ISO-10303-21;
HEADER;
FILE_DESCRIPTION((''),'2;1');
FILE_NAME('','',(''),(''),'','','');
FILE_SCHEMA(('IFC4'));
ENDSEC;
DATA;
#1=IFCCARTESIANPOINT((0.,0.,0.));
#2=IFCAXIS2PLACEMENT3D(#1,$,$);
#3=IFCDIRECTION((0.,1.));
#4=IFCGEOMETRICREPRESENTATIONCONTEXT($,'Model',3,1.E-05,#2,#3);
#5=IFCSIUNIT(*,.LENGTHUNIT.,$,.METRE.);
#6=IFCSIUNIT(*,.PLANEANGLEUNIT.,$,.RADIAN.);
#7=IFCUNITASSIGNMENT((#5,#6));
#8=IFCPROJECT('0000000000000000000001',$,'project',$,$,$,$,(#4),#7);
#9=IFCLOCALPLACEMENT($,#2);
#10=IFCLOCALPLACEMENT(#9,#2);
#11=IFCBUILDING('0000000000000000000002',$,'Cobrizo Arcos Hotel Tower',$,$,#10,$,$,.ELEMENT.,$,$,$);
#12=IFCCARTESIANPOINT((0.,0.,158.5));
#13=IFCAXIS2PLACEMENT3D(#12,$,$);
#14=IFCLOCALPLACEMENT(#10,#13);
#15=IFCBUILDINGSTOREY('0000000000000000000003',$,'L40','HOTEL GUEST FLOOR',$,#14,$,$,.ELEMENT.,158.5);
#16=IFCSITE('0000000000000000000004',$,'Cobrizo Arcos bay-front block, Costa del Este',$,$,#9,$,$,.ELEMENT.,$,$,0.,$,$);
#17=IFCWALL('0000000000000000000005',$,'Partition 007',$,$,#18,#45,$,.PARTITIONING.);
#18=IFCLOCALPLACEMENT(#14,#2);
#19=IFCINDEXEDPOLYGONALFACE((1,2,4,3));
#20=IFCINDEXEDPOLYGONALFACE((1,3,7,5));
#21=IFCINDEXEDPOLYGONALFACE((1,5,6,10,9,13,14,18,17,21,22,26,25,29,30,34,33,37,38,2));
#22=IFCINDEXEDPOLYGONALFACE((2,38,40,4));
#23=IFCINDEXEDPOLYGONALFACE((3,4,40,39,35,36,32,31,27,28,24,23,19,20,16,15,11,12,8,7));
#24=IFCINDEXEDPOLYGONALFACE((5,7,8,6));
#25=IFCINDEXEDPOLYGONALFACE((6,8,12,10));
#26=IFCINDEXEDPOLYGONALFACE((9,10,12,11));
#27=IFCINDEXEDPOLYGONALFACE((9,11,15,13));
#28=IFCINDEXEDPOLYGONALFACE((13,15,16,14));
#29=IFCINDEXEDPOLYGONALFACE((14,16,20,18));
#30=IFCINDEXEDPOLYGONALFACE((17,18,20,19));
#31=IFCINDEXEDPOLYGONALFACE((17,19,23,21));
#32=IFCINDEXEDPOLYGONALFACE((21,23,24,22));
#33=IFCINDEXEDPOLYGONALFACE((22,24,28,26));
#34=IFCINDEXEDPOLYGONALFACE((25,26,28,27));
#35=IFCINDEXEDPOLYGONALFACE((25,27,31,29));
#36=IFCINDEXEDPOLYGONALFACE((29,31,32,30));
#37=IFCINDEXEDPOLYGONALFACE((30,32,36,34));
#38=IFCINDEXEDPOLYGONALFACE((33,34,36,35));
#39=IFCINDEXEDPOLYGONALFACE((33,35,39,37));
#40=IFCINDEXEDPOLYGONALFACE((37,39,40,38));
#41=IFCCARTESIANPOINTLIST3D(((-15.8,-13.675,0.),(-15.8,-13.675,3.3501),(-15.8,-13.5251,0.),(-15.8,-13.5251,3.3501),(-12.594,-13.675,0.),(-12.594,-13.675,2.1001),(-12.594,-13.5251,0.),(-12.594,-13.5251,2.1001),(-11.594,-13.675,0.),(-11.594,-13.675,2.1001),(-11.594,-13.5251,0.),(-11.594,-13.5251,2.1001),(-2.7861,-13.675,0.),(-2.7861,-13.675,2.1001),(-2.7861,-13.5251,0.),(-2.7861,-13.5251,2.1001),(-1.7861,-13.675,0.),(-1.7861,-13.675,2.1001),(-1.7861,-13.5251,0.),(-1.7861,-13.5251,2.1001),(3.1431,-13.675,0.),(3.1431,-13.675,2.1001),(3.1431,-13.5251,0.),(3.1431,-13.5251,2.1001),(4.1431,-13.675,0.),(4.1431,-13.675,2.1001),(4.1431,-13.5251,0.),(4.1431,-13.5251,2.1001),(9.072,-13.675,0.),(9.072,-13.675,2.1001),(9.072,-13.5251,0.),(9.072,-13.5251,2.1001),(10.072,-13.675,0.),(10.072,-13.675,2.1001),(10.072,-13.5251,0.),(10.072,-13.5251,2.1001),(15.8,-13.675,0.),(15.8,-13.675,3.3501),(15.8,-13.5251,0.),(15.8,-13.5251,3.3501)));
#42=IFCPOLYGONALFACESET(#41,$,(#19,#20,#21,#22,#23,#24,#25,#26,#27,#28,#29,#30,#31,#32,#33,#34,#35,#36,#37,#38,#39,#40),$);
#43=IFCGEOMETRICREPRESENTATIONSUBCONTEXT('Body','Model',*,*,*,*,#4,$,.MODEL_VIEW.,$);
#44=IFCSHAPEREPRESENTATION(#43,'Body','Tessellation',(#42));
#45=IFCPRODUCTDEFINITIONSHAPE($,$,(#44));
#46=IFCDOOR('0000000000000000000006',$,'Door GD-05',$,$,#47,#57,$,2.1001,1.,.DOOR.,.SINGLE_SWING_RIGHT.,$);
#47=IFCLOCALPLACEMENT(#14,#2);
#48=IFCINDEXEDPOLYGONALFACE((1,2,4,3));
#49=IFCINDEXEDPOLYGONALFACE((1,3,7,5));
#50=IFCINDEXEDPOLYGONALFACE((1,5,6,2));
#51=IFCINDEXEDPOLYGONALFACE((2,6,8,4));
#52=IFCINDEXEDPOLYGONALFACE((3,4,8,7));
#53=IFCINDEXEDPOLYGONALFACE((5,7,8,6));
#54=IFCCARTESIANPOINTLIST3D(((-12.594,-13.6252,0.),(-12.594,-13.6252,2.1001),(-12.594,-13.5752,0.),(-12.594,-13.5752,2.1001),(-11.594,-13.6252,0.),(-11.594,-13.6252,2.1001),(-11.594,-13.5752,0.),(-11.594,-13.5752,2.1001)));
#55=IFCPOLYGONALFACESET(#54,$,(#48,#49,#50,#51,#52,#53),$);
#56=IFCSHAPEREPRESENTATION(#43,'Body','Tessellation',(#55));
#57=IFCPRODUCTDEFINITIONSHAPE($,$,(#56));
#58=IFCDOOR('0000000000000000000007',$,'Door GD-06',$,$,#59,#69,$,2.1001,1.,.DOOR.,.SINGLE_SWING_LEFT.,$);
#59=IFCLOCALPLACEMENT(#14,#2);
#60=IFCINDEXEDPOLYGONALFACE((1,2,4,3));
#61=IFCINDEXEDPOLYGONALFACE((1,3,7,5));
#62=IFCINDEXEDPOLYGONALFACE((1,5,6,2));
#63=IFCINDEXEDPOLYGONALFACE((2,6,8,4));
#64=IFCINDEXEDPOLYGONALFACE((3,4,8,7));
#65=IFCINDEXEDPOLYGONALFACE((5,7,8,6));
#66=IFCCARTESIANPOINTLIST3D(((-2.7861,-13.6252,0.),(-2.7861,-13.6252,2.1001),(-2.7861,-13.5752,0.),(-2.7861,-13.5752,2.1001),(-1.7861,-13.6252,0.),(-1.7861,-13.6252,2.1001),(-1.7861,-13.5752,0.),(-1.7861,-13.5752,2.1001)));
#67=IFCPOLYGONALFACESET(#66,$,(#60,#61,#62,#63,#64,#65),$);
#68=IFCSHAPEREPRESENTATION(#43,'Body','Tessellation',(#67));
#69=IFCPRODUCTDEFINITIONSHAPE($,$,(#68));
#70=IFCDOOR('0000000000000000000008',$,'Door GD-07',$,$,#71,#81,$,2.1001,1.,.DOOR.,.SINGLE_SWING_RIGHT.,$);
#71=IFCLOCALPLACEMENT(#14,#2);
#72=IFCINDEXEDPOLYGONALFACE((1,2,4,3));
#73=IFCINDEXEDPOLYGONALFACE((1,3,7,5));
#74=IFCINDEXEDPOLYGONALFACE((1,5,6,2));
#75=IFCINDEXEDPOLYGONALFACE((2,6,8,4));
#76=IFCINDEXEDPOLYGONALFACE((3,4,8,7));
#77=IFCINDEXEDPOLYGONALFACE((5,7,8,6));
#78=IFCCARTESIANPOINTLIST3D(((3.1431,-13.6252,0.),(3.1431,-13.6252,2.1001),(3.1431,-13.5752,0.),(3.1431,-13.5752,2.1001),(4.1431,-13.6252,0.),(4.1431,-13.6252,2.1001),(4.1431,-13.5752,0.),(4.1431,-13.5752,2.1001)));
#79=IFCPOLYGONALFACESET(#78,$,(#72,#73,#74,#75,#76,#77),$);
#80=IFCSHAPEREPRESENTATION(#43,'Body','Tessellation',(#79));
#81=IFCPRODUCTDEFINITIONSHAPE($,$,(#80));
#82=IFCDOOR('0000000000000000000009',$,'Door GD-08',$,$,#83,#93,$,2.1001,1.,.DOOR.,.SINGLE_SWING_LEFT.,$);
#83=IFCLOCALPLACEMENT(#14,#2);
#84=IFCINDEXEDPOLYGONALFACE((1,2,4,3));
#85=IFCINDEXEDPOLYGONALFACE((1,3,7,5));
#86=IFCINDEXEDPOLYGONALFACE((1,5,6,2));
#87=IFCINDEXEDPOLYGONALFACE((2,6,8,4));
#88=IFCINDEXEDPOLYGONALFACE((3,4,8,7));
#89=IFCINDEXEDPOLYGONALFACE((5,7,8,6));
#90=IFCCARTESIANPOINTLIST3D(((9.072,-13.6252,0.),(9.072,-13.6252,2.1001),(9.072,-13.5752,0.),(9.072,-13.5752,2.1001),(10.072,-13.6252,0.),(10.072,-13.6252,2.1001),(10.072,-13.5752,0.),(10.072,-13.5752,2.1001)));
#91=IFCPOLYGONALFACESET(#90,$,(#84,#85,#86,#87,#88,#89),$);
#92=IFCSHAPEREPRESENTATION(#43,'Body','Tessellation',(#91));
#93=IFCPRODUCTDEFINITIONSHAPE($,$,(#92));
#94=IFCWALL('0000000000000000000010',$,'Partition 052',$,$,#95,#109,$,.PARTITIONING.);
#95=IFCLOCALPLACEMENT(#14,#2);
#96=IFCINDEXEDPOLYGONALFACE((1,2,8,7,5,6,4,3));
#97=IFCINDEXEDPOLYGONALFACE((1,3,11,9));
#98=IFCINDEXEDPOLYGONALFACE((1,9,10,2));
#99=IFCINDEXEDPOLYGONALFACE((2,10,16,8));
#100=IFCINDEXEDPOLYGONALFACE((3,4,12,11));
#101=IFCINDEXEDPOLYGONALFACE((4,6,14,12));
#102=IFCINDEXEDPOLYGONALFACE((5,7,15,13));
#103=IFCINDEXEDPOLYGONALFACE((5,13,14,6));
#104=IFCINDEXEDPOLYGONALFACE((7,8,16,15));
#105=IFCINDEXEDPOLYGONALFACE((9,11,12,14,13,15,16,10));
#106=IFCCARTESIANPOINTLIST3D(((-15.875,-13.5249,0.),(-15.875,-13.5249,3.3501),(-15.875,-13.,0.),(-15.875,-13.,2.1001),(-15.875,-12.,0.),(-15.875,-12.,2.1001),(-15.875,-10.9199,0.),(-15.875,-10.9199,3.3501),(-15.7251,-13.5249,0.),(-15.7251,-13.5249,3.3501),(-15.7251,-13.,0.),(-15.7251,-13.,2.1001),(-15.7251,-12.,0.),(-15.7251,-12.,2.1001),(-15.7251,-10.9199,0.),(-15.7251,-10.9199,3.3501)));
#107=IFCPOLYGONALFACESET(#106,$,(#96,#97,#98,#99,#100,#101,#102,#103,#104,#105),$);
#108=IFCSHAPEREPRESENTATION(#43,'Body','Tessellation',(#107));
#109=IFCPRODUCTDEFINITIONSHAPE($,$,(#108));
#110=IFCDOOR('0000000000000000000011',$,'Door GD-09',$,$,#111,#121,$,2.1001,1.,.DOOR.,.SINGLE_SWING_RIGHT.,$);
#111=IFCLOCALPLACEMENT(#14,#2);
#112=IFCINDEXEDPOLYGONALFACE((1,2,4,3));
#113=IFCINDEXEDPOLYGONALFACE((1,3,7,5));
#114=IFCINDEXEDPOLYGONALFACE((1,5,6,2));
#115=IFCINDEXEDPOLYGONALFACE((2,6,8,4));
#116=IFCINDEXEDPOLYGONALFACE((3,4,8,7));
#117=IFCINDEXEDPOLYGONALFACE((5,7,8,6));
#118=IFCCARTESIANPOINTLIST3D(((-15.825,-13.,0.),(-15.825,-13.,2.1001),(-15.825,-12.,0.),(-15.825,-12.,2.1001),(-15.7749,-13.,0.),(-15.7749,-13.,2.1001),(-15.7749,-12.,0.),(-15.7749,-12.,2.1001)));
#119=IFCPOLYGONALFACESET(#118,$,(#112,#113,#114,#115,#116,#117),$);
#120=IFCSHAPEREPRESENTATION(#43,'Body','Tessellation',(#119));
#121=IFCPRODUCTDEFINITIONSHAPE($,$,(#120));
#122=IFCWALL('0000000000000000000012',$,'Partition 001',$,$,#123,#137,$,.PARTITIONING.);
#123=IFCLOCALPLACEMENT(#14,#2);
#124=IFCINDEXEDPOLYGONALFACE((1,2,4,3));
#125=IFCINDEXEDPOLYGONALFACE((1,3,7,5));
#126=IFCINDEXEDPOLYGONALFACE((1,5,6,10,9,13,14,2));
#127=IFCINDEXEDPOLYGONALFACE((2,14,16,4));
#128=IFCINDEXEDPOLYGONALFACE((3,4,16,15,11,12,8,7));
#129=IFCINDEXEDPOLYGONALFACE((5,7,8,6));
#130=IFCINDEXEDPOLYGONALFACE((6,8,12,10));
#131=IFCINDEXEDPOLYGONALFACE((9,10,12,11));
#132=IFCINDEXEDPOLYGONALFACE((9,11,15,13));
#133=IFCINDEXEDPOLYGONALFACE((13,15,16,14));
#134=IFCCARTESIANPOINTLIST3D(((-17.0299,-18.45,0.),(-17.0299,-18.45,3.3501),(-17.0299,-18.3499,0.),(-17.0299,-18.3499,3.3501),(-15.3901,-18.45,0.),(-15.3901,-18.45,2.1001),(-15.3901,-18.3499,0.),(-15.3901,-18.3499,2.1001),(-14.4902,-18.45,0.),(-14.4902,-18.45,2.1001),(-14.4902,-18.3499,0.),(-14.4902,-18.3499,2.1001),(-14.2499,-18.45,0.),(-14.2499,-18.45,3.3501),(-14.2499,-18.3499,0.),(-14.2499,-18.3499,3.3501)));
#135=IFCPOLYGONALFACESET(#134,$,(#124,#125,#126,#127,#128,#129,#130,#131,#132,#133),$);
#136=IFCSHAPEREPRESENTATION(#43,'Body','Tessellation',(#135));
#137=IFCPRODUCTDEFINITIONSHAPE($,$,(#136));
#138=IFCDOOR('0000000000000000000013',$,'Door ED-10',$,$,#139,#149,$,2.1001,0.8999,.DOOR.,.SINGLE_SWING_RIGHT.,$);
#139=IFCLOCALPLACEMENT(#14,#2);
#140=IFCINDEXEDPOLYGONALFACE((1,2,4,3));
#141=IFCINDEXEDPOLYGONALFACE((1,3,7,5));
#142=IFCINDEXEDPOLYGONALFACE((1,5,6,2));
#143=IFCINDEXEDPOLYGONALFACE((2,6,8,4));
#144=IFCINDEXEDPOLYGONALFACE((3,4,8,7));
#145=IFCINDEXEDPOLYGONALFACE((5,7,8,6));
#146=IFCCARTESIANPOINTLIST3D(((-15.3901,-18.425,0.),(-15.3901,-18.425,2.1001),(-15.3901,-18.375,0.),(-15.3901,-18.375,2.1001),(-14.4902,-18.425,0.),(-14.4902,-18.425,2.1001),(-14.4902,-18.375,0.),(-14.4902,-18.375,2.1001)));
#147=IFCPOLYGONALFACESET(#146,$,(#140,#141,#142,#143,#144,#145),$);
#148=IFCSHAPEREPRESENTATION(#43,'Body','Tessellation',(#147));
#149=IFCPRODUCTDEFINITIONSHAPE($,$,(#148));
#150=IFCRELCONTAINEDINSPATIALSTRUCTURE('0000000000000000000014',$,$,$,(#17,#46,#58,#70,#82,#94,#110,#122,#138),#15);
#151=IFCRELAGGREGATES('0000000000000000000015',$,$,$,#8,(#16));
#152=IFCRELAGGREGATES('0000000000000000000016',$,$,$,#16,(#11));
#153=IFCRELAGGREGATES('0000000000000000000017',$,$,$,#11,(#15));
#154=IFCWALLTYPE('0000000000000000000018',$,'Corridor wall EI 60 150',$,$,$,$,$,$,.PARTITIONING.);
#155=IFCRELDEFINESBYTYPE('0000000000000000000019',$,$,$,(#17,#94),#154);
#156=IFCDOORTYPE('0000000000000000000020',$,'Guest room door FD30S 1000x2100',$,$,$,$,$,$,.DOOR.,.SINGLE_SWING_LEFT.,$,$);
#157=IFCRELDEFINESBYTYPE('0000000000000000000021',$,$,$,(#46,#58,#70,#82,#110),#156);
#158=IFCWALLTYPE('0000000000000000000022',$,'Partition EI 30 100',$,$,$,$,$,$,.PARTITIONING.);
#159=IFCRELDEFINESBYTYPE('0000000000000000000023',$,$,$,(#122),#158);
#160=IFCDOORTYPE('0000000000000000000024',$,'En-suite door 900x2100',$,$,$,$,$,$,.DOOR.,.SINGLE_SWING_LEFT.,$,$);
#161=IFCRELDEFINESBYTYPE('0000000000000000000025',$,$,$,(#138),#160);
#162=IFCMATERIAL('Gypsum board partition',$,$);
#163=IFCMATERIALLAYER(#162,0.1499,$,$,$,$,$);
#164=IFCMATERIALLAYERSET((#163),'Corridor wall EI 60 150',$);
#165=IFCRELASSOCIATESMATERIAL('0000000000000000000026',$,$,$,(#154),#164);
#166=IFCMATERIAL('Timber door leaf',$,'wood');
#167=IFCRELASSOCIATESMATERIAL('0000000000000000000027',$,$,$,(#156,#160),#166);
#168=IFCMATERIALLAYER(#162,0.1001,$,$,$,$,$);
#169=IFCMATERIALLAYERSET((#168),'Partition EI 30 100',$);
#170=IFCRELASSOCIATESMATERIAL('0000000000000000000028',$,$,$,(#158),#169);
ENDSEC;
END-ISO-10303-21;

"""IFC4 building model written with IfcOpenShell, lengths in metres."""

from ifc_helpers import new_model, si_unit, direction, frame, frame_2d, origin, place, context, subcontext, project, spatial, rectangle, extrude, material, layer, layer_set, type_object, element, fill, save


model = new_model("IFC4")

# Units and contexts
model_context = context("Model", 3, precision=1e-05, world=origin(), true_north=direction((0.0, 1.0)))
body_context = subcontext(model_context, "Body", "Model", "MODEL_VIEW")
ifc_project = project(units=[si_unit("LENGTHUNIT", "METRE"), si_unit("PLANEANGLEUNIT", "RADIAN")], contexts=[model_context])

# Site, building, storey
site_placement = place(None, origin())
site = spatial("IfcSite", under=ifc_project, at=site_placement, Name="Cobrizo Arcos bay-front block, Costa del Este", CompositionType="ELEMENT", RefElevation=0.0)
building_placement = place(site_placement, origin())
building = spatial("IfcBuilding", under=site, at=building_placement, Name="Cobrizo Arcos Hotel Tower", CompositionType="ELEMENT")
storey_placement = place(building_placement, frame((0.0, 0.0, 158.5)))
storey = spatial("IfcBuildingStorey", under=building, at=storey_placement, Name="L40", Description="HOTEL GUEST FLOOR", CompositionType="ELEMENT", Elevation=158.5)

# Wall, openings, doors
ifc_material_1 = material(Name="Gypsum board partition")
ifc_layer_1 = layer(ifc_material_1, 0.1499)
ifc_layer_set_1 = layer_set([ifc_layer_1], Name="Corridor wall EI 60 150")
wall_type_1 = type_object("IfcWallType", Name="Corridor wall EI 60 150", PredefinedType="PARTITIONING", material=ifc_layer_set_1)
wall_1_placement = place(storey_placement, frame((-15.8, -13.6001, 0.0), z_axis=(0.0, 0.0, 1.0), x_axis=(1.0, 0.0, 0.0)))
wall_1 = element("IfcWall", 1, at=wall_1_placement, inside=storey, type_object=wall_type_1, Name="Partition 007", PredefinedType="PARTITIONING", context=body_context, shape_type="SweptSolid", body=[
    extrude(rectangle(XDim=31.6001, YDim=0.1499, at=frame_2d((15.8, 0.0))), origin(), (0.0, 0.0, 1.0), 3.3501),
])
opening_1_placement = place(wall_1_placement, frame((3.2061, 0.0, 0.0)))
opening_1 = element("IfcOpeningElement", 2, at=opening_1_placement, cuts=wall_1, PredefinedType="OPENING", context=body_context, shape_type="SweptSolid", body=[
    extrude(rectangle(XDim=1.0, YDim=2.1001, at=frame_2d((0.5, 1.05))), frame((0.0, 0.0869, 0.0), z_axis=(0.0, -1.0, 0.0), x_axis=(1.0, 0.0, 0.0)), (0.0, 0.0, 1.0), 0.1738),
])
opening_2_placement = place(wall_1_placement, frame((13.0139, 0.0, 0.0)))
opening_2 = element("IfcOpeningElement", 3, at=opening_2_placement, cuts=wall_1, PredefinedType="OPENING", context=body_context, shape_type="SweptSolid", body=[
    extrude(rectangle(XDim=1.0, YDim=2.1001, at=frame_2d((0.5, 1.05))), frame((0.0, 0.0869, 0.0), z_axis=(0.0, -1.0, 0.0), x_axis=(1.0, 0.0, 0.0)), (0.0, 0.0, 1.0), 0.1738),
])
opening_3_placement = place(wall_1_placement, frame((18.9431, 0.0, 0.0)))
opening_3 = element("IfcOpeningElement", 4, at=opening_3_placement, cuts=wall_1, PredefinedType="OPENING", context=body_context, shape_type="SweptSolid", body=[
    extrude(rectangle(XDim=1.0, YDim=2.1001, at=frame_2d((0.5, 1.05))), frame((0.0, 0.0869, 0.0), z_axis=(0.0, -1.0, 0.0), x_axis=(1.0, 0.0, 0.0)), (0.0, 0.0, 1.0), 0.1738),
])
opening_4_placement = place(wall_1_placement, frame((24.8721, 0.0, 0.0)))
opening_4 = element("IfcOpeningElement", 5, at=opening_4_placement, cuts=wall_1, PredefinedType="OPENING", context=body_context, shape_type="SweptSolid", body=[
    extrude(rectangle(XDim=1.0, YDim=2.1001, at=frame_2d((0.5, 1.05))), frame((0.0, 0.0869, 0.0), z_axis=(0.0, -1.0, 0.0), x_axis=(1.0, 0.0, 0.0)), (0.0, 0.0, 1.0), 0.1738),
])
ifc_material_2 = material(Name="Timber door leaf", Category="wood")
door_type_1 = type_object("IfcDoorType", Name="Guest room door FD30S 1000x2100", OperationType="SINGLE_SWING_LEFT", PredefinedType="DOOR", material=ifc_material_2)
door_1_placement = place(opening_1_placement, origin())
door_1 = element("IfcDoor", 6, at=door_1_placement, inside=storey, type_object=door_type_1, Name="Door GD-05", OperationType="SINGLE_SWING_RIGHT", OverallHeight=2.1001, OverallWidth=1.0, PredefinedType="DOOR", context=body_context, shape_type="SweptSolid", body=[
    extrude(rectangle(XDim=1.0, YDim=2.1001, at=frame_2d((0.5, 1.05))), frame((0.0, 0.0249, 0.0), z_axis=(0.0, -1.0, 0.0), x_axis=(1.0, 0.0, 0.0)), (0.0, 0.0, 1.0), 0.05),
])
fill(opening_1, door_1)
door_2_placement = place(opening_2_placement, origin())
door_2 = element("IfcDoor", 7, at=door_2_placement, inside=storey, type_object=door_type_1, Name="Door GD-06", OperationType="SINGLE_SWING_LEFT", OverallHeight=2.1001, OverallWidth=1.0, PredefinedType="DOOR", context=body_context, shape_type="SweptSolid", body=[
    extrude(rectangle(XDim=1.0, YDim=2.1001, at=frame_2d((0.5, 1.05))), frame((0.0, 0.0249, 0.0), z_axis=(0.0, -1.0, 0.0), x_axis=(1.0, 0.0, 0.0)), (0.0, 0.0, 1.0), 0.05),
])
fill(opening_2, door_2)
door_3_placement = place(opening_3_placement, origin())
door_3 = element("IfcDoor", 8, at=door_3_placement, inside=storey, type_object=door_type_1, Name="Door GD-07", OperationType="SINGLE_SWING_RIGHT", OverallHeight=2.1001, OverallWidth=1.0, PredefinedType="DOOR", context=body_context, shape_type="SweptSolid", body=[
    extrude(rectangle(XDim=1.0, YDim=2.1001, at=frame_2d((0.5, 1.05))), frame((0.0, 0.0249, 0.0), z_axis=(0.0, -1.0, 0.0), x_axis=(1.0, 0.0, 0.0)), (0.0, 0.0, 1.0), 0.05),
])
fill(opening_3, door_3)
door_4_placement = place(opening_4_placement, origin())
door_4 = element("IfcDoor", 9, at=door_4_placement, inside=storey, type_object=door_type_1, Name="Door GD-08", OperationType="SINGLE_SWING_LEFT", OverallHeight=2.1001, OverallWidth=1.0, PredefinedType="DOOR", context=body_context, shape_type="SweptSolid", body=[
    extrude(rectangle(XDim=1.0, YDim=2.1001, at=frame_2d((0.5, 1.05))), frame((0.0, 0.0249, 0.0), z_axis=(0.0, -1.0, 0.0), x_axis=(1.0, 0.0, 0.0)), (0.0, 0.0, 1.0), 0.05),
])
fill(opening_4, door_4)

# Walls, openings, doors
wall_2_placement = place(storey_placement, frame((-15.8, -13.5249, 0.0), z_axis=(0.0, 0.0, 1.0), x_axis=(0.0, 1.0, 0.0)))
wall_2 = element("IfcWall", 10, at=wall_2_placement, inside=storey, type_object=wall_type_1, Name="Partition 052", PredefinedType="PARTITIONING", context=body_context, shape_type="SweptSolid", body=[
    extrude(rectangle(XDim=2.605, YDim=0.1499, at=frame_2d((1.3025, 0.0))), origin(), (0.0, 0.0, 1.0), 3.3501),
])
opening_5_placement = place(wall_2_placement, frame((0.5249, 0.0, 0.0)))
opening_5 = element("IfcOpeningElement", 11, at=opening_5_placement, cuts=wall_2, PredefinedType="OPENING", context=body_context, shape_type="SweptSolid", body=[
    extrude(rectangle(XDim=1.0, YDim=2.1001, at=frame_2d((0.5, 1.05))), frame((0.0, 0.0869, 0.0), z_axis=(0.0, -1.0, 0.0), x_axis=(1.0, 0.0, 0.0)), (0.0, 0.0, 1.0), 0.1738),
])
door_5_placement = place(opening_5_placement, origin())
door_5 = element("IfcDoor", 12, at=door_5_placement, inside=storey, type_object=door_type_1, Name="Door GD-09", OperationType="SINGLE_SWING_RIGHT", OverallHeight=2.1001, OverallWidth=1.0, PredefinedType="DOOR", context=body_context, shape_type="SweptSolid", body=[
    extrude(rectangle(XDim=1.0, YDim=2.1001, at=frame_2d((0.5, 1.05))), frame((0.0, 0.0249, 0.0), z_axis=(0.0, -1.0, 0.0), x_axis=(1.0, 0.0, 0.0)), (0.0, 0.0, 1.0), 0.05),
])
fill(opening_5, door_5)
ifc_layer_2 = layer(ifc_material_1, 0.1001)
ifc_layer_set_2 = layer_set([ifc_layer_2], Name="Partition EI 30 100")
wall_type_2 = type_object("IfcWallType", Name="Partition EI 30 100", PredefinedType="PARTITIONING", material=ifc_layer_set_2)
wall_3_placement = place(storey_placement, frame((-17.03, -18.3999, 0.0), z_axis=(0.0, 0.0, 1.0), x_axis=(1.0, 0.0, 0.0)))
wall_3 = element("IfcWall", 13, at=wall_3_placement, inside=storey, type_object=wall_type_2, Name="Partition 001", PredefinedType="PARTITIONING", context=body_context, shape_type="SweptSolid", body=[
    extrude(rectangle(XDim=2.78, YDim=0.1001, at=frame_2d((1.3901, 0.0))), origin(), (0.0, 0.0, 1.0), 3.3501),
])
opening_6_placement = place(wall_3_placement, frame((1.6399, 0.0, 0.0)))
opening_6 = element("IfcOpeningElement", 14, at=opening_6_placement, cuts=wall_3, PredefinedType="OPENING", context=body_context, shape_type="SweptSolid", body=[
    extrude(rectangle(XDim=0.8999, YDim=2.1001, at=frame_2d((0.45, 1.05))), frame((0.0, 0.062, 0.0), z_axis=(0.0, -1.0, 0.0), x_axis=(1.0, 0.0, 0.0)), (0.0, 0.0, 1.0), 0.124),
])
door_type_2 = type_object("IfcDoorType", Name="En-suite door 900x2100", OperationType="SINGLE_SWING_LEFT", PredefinedType="DOOR", material=ifc_material_2)
door_6_placement = place(opening_6_placement, origin())
door_6 = element("IfcDoor", 15, at=door_6_placement, inside=storey, type_object=door_type_2, Name="Door ED-10", OperationType="SINGLE_SWING_RIGHT", OverallHeight=2.1001, OverallWidth=0.8999, PredefinedType="DOOR", context=body_context, shape_type="SweptSolid", body=[
    extrude(rectangle(XDim=0.8999, YDim=2.1001, at=frame_2d((0.45, 1.05))), frame((0.0, 0.0249, 0.0), z_axis=(0.0, -1.0, 0.0), x_axis=(1.0, 0.0, 0.0)), (0.0, 0.0, 1.0), 0.05),
])
fill(opening_6, door_6)

save(model, "model.ifc")
